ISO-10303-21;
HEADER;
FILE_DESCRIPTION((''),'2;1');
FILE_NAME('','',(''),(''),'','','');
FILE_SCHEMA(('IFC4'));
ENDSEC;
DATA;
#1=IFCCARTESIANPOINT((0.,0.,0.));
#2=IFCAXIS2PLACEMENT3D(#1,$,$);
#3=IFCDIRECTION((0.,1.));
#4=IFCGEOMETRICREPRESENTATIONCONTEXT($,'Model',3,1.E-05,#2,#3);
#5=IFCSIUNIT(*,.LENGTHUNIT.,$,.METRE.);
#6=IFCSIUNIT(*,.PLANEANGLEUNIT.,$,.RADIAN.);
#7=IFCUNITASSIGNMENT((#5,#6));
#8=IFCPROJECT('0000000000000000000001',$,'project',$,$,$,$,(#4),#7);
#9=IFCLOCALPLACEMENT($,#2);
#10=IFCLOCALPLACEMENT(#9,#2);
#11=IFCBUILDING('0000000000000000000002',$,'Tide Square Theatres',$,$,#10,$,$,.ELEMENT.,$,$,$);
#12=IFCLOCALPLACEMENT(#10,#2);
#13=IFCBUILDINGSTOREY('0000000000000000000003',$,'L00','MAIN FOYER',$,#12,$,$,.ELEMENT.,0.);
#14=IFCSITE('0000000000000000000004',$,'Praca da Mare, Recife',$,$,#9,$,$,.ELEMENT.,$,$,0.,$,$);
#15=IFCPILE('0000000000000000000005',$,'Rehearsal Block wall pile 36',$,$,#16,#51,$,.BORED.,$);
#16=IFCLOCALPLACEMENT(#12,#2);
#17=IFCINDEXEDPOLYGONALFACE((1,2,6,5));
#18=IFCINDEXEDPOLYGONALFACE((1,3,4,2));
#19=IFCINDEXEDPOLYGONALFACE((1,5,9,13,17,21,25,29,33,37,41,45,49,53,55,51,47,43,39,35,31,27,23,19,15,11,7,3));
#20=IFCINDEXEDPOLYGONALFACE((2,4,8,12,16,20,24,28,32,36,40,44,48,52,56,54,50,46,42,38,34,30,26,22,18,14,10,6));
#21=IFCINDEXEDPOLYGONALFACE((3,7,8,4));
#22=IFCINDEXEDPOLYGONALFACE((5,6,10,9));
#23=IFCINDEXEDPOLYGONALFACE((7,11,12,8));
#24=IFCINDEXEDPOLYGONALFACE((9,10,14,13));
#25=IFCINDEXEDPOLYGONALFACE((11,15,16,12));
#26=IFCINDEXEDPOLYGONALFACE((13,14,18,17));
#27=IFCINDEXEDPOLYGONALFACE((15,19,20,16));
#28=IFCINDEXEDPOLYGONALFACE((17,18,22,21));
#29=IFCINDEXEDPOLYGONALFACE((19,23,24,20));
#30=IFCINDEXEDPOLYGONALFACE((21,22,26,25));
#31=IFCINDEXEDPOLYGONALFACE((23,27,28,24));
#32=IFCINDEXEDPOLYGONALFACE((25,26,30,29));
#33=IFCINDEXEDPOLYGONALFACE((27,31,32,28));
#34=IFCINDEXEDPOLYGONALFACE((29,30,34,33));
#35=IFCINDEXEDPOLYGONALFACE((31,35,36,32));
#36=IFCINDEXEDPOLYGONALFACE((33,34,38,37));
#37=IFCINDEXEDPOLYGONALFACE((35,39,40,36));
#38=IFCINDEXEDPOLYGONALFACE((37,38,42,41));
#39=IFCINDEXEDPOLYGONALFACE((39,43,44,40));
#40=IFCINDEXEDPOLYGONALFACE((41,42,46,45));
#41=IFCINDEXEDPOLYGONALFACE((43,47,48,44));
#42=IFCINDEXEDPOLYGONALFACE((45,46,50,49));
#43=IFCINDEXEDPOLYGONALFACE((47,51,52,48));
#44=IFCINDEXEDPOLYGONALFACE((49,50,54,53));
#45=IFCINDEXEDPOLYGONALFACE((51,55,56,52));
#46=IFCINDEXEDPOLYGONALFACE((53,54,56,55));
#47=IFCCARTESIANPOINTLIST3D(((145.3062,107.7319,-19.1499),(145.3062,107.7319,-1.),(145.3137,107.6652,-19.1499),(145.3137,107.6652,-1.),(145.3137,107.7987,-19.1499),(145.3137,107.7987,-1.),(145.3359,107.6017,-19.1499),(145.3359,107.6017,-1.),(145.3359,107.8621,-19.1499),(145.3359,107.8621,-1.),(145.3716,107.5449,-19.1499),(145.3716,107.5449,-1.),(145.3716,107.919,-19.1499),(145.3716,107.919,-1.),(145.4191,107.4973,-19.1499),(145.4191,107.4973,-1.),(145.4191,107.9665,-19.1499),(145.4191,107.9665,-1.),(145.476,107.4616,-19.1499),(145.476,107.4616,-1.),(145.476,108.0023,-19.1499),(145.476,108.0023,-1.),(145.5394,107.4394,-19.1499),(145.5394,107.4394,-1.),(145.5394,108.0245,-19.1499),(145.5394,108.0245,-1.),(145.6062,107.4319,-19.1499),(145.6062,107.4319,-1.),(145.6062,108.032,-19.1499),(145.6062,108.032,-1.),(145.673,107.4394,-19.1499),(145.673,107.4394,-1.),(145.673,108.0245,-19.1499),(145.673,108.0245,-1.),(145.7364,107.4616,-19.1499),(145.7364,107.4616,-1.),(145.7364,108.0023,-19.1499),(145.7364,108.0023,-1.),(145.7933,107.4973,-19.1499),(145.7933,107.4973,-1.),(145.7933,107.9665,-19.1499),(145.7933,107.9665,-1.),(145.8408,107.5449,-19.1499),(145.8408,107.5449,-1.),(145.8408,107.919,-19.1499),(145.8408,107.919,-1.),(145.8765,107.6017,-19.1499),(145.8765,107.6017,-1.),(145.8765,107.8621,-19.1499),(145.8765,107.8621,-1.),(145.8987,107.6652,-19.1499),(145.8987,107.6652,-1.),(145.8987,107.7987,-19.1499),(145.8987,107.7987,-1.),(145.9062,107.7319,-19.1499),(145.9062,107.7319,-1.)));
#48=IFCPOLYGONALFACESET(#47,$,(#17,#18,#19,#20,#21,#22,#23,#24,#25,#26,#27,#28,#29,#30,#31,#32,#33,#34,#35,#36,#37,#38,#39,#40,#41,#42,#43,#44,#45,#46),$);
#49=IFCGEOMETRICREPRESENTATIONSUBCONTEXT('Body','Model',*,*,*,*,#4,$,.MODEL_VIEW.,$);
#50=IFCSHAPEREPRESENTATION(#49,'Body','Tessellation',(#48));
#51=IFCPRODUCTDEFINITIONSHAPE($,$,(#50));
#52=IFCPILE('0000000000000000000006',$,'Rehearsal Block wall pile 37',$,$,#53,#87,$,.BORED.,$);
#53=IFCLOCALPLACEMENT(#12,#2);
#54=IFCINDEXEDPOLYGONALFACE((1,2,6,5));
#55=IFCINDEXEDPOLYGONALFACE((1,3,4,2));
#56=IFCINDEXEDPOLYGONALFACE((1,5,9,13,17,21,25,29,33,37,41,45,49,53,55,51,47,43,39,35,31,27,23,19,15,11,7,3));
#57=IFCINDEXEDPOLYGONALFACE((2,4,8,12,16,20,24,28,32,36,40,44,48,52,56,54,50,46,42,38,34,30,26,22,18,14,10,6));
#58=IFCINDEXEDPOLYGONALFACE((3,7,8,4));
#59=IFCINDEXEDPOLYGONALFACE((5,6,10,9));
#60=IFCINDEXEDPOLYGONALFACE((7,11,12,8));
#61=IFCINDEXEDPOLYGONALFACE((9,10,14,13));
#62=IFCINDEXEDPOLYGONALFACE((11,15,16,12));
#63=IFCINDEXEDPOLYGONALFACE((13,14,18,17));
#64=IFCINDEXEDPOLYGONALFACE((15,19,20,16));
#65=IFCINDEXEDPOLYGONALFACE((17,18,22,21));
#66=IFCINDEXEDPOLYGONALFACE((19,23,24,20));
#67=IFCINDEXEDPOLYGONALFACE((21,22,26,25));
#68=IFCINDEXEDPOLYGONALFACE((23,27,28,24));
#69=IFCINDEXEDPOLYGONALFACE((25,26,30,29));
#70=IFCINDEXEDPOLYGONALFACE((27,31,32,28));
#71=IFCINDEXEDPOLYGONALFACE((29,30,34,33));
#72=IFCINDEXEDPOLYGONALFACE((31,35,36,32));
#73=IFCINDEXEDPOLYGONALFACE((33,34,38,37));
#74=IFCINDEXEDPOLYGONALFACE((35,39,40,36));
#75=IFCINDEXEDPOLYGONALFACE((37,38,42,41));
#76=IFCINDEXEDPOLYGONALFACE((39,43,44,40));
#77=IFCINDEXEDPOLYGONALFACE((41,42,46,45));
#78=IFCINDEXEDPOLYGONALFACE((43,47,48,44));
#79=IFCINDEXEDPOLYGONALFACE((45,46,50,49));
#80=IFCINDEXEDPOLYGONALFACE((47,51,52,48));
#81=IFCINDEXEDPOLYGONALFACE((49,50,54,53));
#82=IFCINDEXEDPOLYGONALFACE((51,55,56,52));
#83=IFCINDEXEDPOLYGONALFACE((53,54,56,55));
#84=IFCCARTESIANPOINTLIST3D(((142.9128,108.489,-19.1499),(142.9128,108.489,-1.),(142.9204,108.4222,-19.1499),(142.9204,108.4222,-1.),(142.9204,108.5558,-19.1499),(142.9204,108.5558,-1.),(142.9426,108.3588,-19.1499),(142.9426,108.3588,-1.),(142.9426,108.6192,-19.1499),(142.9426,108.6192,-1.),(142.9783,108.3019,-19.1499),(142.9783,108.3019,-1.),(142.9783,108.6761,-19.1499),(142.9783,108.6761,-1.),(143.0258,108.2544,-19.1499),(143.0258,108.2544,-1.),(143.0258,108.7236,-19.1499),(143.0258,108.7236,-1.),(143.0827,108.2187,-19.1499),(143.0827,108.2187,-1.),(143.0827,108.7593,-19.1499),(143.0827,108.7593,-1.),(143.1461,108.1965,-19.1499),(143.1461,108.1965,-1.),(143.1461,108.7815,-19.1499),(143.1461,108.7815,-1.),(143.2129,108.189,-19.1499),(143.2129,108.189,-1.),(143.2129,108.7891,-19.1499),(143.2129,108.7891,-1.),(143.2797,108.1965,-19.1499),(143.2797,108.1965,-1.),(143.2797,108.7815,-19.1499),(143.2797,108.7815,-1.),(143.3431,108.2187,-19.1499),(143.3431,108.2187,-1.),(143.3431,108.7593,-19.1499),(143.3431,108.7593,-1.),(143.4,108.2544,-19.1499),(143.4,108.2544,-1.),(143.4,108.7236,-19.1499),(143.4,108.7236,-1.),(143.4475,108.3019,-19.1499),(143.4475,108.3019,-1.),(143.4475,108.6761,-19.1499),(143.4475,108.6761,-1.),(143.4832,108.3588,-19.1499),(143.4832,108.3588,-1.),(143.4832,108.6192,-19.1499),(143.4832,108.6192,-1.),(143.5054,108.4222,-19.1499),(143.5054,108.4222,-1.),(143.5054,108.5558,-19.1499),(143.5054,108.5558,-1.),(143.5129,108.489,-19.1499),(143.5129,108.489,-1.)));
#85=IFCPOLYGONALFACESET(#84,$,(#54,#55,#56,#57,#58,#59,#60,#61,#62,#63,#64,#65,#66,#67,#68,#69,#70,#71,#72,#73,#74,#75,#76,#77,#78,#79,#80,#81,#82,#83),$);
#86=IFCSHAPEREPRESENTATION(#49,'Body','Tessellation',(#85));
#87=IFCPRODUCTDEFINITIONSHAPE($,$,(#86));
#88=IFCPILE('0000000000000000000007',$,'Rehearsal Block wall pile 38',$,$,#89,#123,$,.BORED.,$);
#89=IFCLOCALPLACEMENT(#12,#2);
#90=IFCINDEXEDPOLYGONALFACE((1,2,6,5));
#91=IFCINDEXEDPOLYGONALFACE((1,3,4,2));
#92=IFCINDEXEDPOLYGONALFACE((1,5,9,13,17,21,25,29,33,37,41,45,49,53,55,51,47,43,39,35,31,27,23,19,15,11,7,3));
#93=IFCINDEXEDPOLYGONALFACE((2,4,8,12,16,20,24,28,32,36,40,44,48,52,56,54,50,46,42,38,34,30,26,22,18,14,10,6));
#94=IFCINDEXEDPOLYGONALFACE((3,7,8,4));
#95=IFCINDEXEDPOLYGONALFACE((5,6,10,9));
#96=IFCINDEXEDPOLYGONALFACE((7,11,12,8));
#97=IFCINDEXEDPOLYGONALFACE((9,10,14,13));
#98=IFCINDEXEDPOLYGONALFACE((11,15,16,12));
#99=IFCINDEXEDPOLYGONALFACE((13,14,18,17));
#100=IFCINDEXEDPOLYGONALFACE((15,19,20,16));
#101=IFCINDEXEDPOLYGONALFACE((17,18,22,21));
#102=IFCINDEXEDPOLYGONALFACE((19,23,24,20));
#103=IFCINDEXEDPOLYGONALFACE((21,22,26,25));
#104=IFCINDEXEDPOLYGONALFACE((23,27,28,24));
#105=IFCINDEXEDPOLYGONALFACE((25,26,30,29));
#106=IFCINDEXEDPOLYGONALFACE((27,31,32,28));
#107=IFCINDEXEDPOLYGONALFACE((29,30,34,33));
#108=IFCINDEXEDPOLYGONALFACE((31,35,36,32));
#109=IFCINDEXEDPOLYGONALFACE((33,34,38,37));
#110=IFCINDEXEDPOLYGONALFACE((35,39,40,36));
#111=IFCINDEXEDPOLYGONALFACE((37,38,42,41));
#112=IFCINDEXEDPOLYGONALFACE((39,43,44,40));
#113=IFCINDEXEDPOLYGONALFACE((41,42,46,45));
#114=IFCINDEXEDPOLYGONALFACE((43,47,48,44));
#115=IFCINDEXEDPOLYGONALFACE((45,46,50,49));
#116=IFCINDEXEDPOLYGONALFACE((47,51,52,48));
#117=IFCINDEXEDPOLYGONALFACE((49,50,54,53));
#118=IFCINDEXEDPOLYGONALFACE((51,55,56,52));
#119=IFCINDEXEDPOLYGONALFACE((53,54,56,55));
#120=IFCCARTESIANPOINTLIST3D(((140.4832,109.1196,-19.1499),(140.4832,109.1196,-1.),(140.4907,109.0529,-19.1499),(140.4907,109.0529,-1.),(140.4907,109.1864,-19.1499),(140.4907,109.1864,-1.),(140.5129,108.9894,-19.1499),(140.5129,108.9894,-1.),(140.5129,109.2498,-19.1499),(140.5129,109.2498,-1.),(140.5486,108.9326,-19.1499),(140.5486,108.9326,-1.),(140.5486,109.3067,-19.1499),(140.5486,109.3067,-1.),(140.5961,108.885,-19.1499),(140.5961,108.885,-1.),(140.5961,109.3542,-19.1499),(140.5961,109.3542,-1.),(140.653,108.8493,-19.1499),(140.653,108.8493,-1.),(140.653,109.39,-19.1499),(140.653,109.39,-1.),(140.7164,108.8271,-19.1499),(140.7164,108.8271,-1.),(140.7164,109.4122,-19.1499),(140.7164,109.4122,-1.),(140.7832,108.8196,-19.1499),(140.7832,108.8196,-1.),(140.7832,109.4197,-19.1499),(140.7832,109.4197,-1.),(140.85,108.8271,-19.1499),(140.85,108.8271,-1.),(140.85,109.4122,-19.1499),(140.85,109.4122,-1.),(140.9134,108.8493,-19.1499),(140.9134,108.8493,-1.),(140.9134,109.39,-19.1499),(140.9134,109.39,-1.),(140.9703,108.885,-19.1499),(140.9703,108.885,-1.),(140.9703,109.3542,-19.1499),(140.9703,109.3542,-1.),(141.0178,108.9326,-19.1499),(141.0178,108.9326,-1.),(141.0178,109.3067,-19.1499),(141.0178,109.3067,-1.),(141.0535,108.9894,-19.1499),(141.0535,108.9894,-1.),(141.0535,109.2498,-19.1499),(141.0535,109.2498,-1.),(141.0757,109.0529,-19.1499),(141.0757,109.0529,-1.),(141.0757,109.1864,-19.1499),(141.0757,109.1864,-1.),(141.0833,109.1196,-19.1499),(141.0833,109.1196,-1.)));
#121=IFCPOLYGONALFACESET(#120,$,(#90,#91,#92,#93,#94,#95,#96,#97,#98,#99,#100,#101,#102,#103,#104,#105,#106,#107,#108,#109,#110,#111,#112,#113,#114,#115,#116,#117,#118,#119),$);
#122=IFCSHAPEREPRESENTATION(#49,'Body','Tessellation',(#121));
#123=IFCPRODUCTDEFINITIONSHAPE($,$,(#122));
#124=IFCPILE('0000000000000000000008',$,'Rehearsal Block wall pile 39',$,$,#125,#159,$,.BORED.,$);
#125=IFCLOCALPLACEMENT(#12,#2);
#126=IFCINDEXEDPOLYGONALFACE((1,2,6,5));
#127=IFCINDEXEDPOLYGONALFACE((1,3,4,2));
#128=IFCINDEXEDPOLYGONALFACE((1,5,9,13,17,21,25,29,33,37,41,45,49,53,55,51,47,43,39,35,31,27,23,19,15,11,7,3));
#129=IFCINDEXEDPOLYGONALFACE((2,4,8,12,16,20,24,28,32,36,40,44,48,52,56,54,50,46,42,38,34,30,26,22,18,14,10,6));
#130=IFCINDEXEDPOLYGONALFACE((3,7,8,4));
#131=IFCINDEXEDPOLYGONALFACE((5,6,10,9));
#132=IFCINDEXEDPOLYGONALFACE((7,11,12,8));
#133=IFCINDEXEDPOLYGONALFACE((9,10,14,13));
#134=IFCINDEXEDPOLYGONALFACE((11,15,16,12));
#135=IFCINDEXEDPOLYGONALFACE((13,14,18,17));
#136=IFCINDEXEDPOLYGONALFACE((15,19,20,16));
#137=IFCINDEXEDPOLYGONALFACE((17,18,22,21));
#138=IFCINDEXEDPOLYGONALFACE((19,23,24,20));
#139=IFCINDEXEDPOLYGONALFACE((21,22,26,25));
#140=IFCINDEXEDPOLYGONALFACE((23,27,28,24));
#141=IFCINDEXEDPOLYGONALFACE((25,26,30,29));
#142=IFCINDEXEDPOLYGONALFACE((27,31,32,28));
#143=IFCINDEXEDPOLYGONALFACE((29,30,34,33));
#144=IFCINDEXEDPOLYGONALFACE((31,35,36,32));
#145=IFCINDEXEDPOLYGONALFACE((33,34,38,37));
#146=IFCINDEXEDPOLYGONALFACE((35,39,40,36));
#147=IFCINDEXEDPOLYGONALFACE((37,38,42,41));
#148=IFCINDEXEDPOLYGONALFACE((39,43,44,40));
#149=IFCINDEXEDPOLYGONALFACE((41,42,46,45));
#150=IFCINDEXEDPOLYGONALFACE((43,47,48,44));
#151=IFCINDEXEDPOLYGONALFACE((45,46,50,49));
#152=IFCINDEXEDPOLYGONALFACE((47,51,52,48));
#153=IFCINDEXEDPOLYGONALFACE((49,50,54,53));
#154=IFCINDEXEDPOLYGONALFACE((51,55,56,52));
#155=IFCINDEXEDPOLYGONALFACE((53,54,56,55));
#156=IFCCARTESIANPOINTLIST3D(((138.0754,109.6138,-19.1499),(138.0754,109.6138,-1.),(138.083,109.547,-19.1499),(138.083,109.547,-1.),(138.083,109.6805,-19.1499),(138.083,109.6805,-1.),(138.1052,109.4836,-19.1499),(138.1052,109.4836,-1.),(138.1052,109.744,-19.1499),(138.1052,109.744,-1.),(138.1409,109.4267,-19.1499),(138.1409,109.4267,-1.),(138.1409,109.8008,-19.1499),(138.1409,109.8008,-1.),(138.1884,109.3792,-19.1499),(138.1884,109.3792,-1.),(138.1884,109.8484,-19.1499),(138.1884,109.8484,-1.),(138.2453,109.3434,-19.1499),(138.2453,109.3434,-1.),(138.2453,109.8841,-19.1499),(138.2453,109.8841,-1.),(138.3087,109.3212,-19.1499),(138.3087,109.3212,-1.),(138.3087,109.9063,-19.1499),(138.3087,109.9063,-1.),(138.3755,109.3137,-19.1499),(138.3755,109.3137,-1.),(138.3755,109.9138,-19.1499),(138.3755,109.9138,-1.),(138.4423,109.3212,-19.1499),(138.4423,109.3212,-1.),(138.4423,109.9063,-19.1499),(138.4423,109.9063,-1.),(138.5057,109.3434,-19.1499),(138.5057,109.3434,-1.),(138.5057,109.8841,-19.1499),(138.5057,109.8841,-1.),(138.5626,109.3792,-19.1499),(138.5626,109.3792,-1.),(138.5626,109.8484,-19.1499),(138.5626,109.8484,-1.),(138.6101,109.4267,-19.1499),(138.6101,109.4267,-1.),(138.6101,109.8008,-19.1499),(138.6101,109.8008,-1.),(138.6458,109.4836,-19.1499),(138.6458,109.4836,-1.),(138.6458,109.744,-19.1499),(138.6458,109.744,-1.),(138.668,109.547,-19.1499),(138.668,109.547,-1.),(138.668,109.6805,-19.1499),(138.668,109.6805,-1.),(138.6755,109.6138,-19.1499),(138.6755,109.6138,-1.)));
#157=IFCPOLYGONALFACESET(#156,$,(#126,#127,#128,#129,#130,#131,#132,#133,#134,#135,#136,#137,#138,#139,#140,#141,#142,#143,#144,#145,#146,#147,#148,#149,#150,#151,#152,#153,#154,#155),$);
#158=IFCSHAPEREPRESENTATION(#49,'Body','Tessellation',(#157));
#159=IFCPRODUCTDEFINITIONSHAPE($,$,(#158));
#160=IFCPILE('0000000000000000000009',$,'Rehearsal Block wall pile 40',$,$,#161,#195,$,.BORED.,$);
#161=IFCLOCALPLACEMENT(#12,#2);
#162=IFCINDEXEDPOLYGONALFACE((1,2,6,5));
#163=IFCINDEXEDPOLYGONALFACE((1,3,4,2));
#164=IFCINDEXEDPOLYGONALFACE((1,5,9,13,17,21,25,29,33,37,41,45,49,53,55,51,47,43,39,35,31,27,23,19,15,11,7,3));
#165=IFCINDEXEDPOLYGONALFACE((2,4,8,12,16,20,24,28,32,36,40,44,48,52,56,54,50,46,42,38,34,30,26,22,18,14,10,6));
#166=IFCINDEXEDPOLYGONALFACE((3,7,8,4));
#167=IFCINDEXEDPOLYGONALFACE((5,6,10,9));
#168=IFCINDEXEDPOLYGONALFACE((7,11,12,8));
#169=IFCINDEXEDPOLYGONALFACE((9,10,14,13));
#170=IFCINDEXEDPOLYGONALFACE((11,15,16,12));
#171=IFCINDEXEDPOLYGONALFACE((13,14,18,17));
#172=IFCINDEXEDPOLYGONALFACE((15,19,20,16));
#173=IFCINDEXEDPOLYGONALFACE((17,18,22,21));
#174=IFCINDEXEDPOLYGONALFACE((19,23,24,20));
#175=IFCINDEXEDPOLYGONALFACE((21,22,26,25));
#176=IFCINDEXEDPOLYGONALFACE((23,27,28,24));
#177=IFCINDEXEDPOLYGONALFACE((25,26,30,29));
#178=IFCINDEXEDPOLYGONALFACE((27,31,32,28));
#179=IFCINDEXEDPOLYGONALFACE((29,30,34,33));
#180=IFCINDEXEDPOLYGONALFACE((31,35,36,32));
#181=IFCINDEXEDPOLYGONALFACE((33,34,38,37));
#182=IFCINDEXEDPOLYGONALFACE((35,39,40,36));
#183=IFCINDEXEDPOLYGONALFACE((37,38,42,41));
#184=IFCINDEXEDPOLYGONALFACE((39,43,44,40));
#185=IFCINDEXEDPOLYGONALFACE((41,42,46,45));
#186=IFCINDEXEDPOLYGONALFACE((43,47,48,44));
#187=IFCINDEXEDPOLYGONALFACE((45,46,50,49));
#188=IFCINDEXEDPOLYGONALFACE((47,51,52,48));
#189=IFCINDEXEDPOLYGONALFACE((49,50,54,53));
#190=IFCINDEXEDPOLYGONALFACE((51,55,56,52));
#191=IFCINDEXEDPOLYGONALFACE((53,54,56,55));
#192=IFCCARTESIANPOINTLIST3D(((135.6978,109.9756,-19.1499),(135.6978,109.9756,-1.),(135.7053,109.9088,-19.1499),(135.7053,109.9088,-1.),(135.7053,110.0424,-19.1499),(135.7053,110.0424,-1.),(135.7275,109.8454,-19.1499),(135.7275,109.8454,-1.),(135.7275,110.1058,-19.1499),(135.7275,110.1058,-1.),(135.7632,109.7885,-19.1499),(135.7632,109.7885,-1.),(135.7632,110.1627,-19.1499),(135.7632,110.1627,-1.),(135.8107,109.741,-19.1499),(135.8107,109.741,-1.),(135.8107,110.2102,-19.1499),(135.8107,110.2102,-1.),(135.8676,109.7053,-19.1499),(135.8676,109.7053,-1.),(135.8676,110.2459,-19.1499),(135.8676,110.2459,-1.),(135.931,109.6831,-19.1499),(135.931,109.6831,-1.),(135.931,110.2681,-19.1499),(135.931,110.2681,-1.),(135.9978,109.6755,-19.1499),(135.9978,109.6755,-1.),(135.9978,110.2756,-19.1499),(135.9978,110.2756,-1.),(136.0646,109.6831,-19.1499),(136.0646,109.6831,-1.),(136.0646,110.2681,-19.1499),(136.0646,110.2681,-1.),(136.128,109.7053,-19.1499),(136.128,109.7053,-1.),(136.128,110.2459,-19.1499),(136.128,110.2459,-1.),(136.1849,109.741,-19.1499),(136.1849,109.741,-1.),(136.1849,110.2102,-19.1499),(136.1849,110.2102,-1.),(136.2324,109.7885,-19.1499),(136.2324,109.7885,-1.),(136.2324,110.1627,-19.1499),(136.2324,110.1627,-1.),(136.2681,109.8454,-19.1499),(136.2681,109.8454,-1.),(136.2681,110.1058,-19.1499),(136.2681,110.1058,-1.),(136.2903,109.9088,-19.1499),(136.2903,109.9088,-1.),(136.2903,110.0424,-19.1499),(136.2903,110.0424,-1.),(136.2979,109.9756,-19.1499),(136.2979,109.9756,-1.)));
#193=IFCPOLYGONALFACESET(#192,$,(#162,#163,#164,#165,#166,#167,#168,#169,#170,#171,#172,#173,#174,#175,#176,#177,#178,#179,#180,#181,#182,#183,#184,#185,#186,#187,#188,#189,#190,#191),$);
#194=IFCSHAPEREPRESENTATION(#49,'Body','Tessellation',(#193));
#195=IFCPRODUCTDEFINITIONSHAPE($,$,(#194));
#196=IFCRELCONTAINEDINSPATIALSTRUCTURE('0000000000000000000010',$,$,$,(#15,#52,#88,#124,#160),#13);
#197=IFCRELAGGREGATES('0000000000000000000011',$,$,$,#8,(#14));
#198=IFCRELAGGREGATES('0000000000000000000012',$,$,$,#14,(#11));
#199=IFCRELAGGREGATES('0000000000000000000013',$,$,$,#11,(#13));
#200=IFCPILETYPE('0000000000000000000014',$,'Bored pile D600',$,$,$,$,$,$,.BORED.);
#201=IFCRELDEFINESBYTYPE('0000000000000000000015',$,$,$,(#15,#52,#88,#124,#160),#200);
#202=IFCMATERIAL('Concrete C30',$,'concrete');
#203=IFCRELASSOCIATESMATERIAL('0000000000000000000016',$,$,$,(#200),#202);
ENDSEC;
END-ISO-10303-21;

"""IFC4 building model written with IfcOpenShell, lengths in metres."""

from ifc_helpers import new_model, si_unit, direction, frame, origin, origin_2d, place, context, subcontext, project, spatial, circle, extrude, material, material_profile, profile_set, type_object, element, save


model = new_model("IFC4")

# Units and contexts
model_context = context("Model", 3, precision=1e-05, world=origin(), true_north=direction((0.0, 1.0)))
body_context = subcontext(model_context, "Body", "Model", "MODEL_VIEW")
ifc_project = project(units=[si_unit("LENGTHUNIT", "METRE"), si_unit("PLANEANGLEUNIT", "RADIAN")], contexts=[model_context])

# Site, building, storey
site_placement = place(None, origin())
site = spatial("IfcSite", under=ifc_project, at=site_placement, Name="Praca da Mare, Recife", CompositionType="ELEMENT", RefElevation=0.0)
building_placement = place(site_placement, origin())
building = spatial("IfcBuilding", under=site, at=building_placement, Name="Tide Square Theatres", CompositionType="ELEMENT")
storey_placement = place(building_placement, origin())
storey = spatial("IfcBuildingStorey", under=building, at=storey_placement, Name="L00", Description="MAIN FOYER", CompositionType="ELEMENT", Elevation=0.0)

# Piles
ifc_material_1 = material(Name="Concrete C30", Category="concrete")
ifc_material_profile_1 = material_profile(ifc_material_1, circle(Radius=0.3, at=origin_2d()))
ifc_profile_set_1 = profile_set([ifc_material_profile_1], Name="Concrete C30")
pile_type = type_object("IfcPileType", Name="Bored pile D600", PredefinedType="BORED", material=ifc_profile_set_1)
for number, where, z_axis, x_axis, name in (
    (1, (145.6062, 107.7319, -1.0), (0.0, 0.0, -1.0), (1.0, 0.0, 0.0), "Rehearsal Block wall pile 36"),
    (2, (143.2129, 108.489, -1.0), (0.0, 0.0, -1.0), (1.0, 0.0, 0.0), "Rehearsal Block wall pile 37"),
    (3, (140.7832, 109.1196, -1.0), (0.0, 0.0, -1.0), (1.0, 0.0, 0.0), "Rehearsal Block wall pile 38"),
    (4, (138.3755, 109.6138, -1.0), (0.0, 0.0, -1.0), (1.0, 0.0, 0.0), "Rehearsal Block wall pile 39"),
    (5, (135.9978, 109.9756, -1.0), (0.0, 0.0, -1.0), (1.0, 0.0, 0.0), "Rehearsal Block wall pile 40"),
):
    element("IfcPile", number, at=place(storey_placement, frame(where, z_axis=z_axis, x_axis=x_axis)), inside=storey, type_object=pile_type, Name=name, PredefinedType="BORED", context=body_context, shape_type="SweptSolid", body=[
        extrude(circle(Radius=0.3, at=origin_2d()), origin(), (0.0, 0.0, 1.0), 18.1499),
    ])

save(model, "model.ifc")
